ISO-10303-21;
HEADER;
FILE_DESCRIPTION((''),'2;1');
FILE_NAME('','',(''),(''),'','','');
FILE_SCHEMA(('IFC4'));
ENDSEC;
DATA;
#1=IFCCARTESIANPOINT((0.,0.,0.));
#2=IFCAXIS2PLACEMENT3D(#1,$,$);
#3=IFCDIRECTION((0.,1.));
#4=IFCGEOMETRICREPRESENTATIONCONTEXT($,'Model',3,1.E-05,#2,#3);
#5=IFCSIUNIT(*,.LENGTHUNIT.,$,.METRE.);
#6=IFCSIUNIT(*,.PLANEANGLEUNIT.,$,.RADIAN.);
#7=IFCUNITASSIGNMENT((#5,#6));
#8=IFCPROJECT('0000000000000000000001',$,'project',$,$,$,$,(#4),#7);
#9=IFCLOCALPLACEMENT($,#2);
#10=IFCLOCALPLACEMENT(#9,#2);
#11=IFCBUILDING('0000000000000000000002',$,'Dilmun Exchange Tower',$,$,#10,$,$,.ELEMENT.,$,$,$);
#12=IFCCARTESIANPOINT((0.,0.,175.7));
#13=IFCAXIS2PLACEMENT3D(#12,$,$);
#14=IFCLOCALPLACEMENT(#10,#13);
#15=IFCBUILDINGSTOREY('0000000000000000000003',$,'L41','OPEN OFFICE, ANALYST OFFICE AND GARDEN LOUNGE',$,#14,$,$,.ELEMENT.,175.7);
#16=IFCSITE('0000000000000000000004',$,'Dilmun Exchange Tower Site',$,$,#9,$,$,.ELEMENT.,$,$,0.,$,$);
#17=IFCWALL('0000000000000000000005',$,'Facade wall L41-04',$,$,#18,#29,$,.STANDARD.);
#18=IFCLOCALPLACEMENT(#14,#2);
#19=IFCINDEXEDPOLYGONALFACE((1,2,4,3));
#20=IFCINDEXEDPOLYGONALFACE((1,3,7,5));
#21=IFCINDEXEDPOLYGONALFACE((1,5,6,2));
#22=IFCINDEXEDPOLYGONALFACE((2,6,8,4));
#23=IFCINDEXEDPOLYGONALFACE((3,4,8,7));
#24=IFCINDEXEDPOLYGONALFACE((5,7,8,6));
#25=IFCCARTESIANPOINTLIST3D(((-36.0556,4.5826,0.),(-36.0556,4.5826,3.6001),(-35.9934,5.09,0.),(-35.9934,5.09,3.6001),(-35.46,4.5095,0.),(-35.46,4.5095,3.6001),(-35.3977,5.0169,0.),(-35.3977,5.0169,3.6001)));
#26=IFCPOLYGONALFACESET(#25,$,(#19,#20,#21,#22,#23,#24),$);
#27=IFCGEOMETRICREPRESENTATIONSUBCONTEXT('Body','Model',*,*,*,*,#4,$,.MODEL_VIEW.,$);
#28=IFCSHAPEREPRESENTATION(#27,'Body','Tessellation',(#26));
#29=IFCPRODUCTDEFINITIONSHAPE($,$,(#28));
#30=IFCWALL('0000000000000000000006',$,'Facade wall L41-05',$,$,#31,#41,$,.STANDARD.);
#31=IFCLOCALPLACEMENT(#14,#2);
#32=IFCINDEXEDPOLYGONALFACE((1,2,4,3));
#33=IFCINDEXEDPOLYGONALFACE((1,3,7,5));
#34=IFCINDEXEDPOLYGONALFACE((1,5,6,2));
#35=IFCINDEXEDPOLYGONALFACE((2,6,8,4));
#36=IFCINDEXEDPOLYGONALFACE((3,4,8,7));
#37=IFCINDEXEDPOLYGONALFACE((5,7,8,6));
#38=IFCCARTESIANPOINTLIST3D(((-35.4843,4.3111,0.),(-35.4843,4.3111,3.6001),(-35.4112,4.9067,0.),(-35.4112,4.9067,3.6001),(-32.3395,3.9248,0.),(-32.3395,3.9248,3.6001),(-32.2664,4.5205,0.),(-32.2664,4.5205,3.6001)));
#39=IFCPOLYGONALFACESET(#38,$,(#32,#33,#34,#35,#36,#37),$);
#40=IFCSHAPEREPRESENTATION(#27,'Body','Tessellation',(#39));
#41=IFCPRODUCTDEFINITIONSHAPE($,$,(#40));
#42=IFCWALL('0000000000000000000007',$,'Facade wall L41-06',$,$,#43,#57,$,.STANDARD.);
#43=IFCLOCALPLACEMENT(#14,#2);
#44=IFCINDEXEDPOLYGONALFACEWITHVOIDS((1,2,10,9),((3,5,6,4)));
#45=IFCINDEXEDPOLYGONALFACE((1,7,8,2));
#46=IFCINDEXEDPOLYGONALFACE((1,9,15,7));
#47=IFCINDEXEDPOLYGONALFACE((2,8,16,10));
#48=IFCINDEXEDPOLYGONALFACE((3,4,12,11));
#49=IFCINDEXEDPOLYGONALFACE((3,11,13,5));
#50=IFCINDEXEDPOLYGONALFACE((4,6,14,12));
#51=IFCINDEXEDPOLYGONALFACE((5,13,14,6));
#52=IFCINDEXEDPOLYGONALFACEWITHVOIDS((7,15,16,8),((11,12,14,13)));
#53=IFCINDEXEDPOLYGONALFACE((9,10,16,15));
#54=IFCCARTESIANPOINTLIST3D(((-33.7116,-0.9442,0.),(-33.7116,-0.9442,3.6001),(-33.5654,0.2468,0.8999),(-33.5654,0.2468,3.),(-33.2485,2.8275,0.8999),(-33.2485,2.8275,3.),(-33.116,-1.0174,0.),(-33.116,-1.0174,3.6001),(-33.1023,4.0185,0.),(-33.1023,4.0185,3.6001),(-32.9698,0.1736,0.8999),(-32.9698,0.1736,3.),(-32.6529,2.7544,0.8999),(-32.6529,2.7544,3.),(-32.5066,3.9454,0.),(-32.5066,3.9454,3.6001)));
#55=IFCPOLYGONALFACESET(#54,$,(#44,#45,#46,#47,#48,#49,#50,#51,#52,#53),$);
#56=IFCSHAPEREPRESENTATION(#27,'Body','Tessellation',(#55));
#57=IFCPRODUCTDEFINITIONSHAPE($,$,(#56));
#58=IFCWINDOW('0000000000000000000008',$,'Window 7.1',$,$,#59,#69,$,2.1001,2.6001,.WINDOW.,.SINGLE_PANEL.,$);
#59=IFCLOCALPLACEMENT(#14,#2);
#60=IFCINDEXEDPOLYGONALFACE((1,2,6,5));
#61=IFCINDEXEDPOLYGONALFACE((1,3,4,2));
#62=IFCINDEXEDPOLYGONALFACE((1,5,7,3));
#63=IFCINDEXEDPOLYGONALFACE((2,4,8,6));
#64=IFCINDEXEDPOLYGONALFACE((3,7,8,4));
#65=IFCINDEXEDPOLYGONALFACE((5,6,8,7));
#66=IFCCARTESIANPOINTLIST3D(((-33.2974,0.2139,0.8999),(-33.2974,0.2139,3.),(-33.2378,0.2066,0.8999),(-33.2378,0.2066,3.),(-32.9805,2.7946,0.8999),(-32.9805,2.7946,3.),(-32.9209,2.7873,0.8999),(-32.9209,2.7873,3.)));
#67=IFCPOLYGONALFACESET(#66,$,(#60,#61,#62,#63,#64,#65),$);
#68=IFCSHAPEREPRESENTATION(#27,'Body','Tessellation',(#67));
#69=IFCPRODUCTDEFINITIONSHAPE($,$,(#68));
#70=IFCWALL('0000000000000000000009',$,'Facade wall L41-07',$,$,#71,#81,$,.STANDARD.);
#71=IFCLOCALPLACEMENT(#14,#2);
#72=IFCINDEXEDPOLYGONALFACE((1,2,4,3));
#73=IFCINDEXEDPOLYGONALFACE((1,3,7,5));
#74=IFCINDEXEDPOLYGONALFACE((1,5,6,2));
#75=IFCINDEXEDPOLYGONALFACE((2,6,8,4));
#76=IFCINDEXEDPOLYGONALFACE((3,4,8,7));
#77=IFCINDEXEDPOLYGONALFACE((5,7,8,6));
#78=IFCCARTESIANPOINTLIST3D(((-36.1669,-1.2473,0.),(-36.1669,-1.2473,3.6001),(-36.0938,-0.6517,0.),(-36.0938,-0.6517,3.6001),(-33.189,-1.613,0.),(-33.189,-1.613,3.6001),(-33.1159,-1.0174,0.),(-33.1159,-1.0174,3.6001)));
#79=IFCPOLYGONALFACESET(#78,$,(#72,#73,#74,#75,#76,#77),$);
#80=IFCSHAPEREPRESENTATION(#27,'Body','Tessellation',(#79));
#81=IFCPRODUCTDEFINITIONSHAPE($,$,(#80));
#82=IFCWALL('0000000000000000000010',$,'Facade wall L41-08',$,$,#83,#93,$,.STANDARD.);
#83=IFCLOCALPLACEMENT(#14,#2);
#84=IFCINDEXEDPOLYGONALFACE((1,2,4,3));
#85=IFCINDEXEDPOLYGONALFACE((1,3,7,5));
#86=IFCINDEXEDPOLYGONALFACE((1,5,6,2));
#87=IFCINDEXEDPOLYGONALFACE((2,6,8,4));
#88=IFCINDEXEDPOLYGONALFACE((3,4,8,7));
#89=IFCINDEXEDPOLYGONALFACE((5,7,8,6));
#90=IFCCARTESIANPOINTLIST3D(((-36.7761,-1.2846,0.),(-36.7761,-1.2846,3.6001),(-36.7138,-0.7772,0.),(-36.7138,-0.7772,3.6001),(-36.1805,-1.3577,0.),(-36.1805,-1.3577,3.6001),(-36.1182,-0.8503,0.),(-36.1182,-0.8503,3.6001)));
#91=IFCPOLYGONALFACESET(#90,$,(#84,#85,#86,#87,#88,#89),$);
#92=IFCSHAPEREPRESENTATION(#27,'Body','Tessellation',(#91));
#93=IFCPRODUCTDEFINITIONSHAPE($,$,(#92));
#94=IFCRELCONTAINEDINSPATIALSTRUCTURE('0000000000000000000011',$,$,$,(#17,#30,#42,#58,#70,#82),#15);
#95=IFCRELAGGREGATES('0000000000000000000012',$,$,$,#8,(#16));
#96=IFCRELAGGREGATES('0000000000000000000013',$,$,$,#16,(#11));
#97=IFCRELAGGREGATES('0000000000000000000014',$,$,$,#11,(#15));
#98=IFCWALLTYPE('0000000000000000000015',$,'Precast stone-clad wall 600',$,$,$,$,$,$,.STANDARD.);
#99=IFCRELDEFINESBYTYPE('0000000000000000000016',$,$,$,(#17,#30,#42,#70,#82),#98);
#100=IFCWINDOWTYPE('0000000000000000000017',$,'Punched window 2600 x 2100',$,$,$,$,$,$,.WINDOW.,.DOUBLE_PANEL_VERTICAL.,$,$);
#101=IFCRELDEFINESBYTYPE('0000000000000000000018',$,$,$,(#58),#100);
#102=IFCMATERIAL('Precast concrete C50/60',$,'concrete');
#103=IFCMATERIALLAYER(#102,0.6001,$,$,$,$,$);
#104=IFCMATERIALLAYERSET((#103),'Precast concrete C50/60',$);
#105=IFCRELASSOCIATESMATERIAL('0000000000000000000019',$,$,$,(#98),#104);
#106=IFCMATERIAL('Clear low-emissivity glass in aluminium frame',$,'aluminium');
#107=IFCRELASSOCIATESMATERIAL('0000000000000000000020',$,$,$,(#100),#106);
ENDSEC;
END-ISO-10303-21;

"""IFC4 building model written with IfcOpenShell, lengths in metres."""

from ifc_helpers import new_model, si_unit, direction, frame, frame_2d, origin, place, context, subcontext, project, spatial, rectangle, extrude, material, layer, layer_set, type_object, element, fill, save


model = new_model("IFC4")

# Units and contexts
model_context = context("Model", 3, precision=1e-05, world=origin(), true_north=direction((0.0, 1.0)))
body_context = subcontext(model_context, "Body", "Model", "MODEL_VIEW")
ifc_project = project(units=[si_unit("LENGTHUNIT", "METRE"), si_unit("PLANEANGLEUNIT", "RADIAN")], contexts=[model_context])

# Site, building, storey
site_placement = place(None, origin())
site = spatial("IfcSite", under=ifc_project, at=site_placement, Name="Dilmun Exchange Tower Site", CompositionType="ELEMENT", RefElevation=0.0)
building_placement = place(site_placement, origin())
building = spatial("IfcBuilding", under=site, at=building_placement, Name="Dilmun Exchange Tower", CompositionType="ELEMENT")
storey_placement = place(building_placement, frame((0.0, 0.0, 175.7)))
storey = spatial("IfcBuildingStorey", under=building, at=storey_placement, Name="L41", Description="OPEN OFFICE, ANALYST OFFICE AND GARDEN LOUNGE", CompositionType="ELEMENT", Elevation=175.7)

# Walls
ifc_material_1 = material(Name="Precast concrete C50/60", Category="concrete")
ifc_layer_1 = layer(ifc_material_1, 0.6001)
ifc_layer_set_1 = layer_set([ifc_layer_1], Name="Precast concrete C50/60")
wall_type_1 = type_object("IfcWallType", Name="Precast stone-clad wall 600", PredefinedType="STANDARD", material=ifc_layer_set_1)
wall_1_placement = place(storey_placement, frame((-35.6956, 5.0535, 0.0), z_axis=(0.0, 0.0, 1.0), x_axis=(-0.1218, -0.992555, 0.0)))
element("IfcWall", 1, at=wall_1_placement, inside=storey, type_object=wall_type_1, Name="Facade wall L41-04", PredefinedType="STANDARD", context=body_context, shape_type="SweptSolid", body=[
    extrude(rectangle(XDim=0.5112, YDim=0.6001, at=frame_2d((0.2556, 0.0))), origin(), (0.0, 0.0, 1.0), 3.6001),
])
wall_2_placement = place(storey_placement, frame((-35.4478, 4.6089, 0.0), z_axis=(0.0, 0.0, 1.0), x_axis=(0.992542, -0.121901, 0.0)))
element("IfcWall", 2, at=wall_2_placement, inside=storey, type_object=wall_type_1, Name="Facade wall L41-05", PredefinedType="STANDARD", context=body_context, shape_type="SweptSolid", body=[
    extrude(rectangle(XDim=3.1685, YDim=0.6001, at=frame_2d((1.5842, 0.0))), origin(), (0.0, 0.0, 1.0), 3.6001),
])

# Wall, opening, window
wall_3_placement = place(storey_placement, frame((-32.8044, 3.9819, 0.0), z_axis=(0.0, 0.0, 1.0), x_axis=(-0.121877, -0.992545, 0.0)))
wall_3 = element("IfcWall", 3, at=wall_3_placement, inside=storey, type_object=wall_type_1, Name="Facade wall L41-06", PredefinedType="STANDARD", context=body_context, shape_type="SweptSolid", body=[
    extrude(rectangle(XDim=5.0, YDim=0.6001, at=frame_2d((2.5, 0.0))), origin(), (0.0, 0.0, 1.0), 3.6001),
])
opening_1_placement = place(wall_3_placement, frame((1.2, 0.0, 0.8999)))
opening_1 = element("IfcOpeningElement", 4, at=opening_1_placement, cuts=wall_3, PredefinedType="OPENING", context=body_context, shape_type="SweptSolid", body=[
    extrude(rectangle(XDim=2.6001, YDim=2.1001, at=frame_2d((1.3, 1.05))), frame((0.0, 0.3101, 0.0), z_axis=(0.0, -1.0, 0.0), x_axis=(1.0, 0.0, 0.0)), (0.0, 0.0, 1.0), 0.6201),
])
ifc_material_2 = material(Name="Clear low-emissivity glass in aluminium frame", Category="aluminium")
window_type = type_object("IfcWindowType", Name="Punched window 2600 x 2100", PartitioningType="DOUBLE_PANEL_VERTICAL", PredefinedType="WINDOW", material=ifc_material_2)
window_placement = place(opening_1_placement, origin())
window = element("IfcWindow", 5, at=window_placement, inside=storey, type_object=window_type, Name="Window 7.1", OverallHeight=2.1001, OverallWidth=2.6001, PartitioningType="SINGLE_PANEL", PredefinedType="WINDOW", context=body_context, shape_type="SweptSolid", body=[
    extrude(rectangle(XDim=2.6001, YDim=2.1001, at=frame_2d((1.3, 1.05))), frame((0.0, 0.03, 0.0), z_axis=(0.0, -1.0, 0.0), x_axis=(1.0, 0.0, 0.0)), (0.0, 0.0, 1.0), 0.0601),
])
fill(opening_1, window)

# Walls
wall_4_placement = place(storey_placement, frame((-33.1526, -1.3152, 0.0), z_axis=(0.0, 0.0, 1.0), x_axis=(-0.992542, 0.121901, 0.0)))
element("IfcWall", 6, at=wall_4_placement, inside=storey, type_object=wall_type_1, Name="Facade wall L41-07", PredefinedType="STANDARD", context=body_context, shape_type="SweptSolid", body=[
    extrude(rectangle(XDim=3.0002, YDim=0.6001, at=frame_2d((1.5, 0.0))), origin(), (0.0, 0.0, 1.0), 3.6001),
])
wall_5_placement = place(storey_placement, frame((-36.416, -0.8137, 0.0), z_axis=(0.0, 0.0, 1.0), x_axis=(-0.1218, -0.992555, 0.0)))
element("IfcWall", 7, at=wall_5_placement, inside=storey, type_object=wall_type_1, Name="Facade wall L41-08", PredefinedType="STANDARD", context=body_context, shape_type="SweptSolid", body=[
    extrude(rectangle(XDim=0.5112, YDim=0.6001, at=frame_2d((0.2556, 0.0))), origin(), (0.0, 0.0, 1.0), 3.6001),
])

save(model, "model.ifc")
